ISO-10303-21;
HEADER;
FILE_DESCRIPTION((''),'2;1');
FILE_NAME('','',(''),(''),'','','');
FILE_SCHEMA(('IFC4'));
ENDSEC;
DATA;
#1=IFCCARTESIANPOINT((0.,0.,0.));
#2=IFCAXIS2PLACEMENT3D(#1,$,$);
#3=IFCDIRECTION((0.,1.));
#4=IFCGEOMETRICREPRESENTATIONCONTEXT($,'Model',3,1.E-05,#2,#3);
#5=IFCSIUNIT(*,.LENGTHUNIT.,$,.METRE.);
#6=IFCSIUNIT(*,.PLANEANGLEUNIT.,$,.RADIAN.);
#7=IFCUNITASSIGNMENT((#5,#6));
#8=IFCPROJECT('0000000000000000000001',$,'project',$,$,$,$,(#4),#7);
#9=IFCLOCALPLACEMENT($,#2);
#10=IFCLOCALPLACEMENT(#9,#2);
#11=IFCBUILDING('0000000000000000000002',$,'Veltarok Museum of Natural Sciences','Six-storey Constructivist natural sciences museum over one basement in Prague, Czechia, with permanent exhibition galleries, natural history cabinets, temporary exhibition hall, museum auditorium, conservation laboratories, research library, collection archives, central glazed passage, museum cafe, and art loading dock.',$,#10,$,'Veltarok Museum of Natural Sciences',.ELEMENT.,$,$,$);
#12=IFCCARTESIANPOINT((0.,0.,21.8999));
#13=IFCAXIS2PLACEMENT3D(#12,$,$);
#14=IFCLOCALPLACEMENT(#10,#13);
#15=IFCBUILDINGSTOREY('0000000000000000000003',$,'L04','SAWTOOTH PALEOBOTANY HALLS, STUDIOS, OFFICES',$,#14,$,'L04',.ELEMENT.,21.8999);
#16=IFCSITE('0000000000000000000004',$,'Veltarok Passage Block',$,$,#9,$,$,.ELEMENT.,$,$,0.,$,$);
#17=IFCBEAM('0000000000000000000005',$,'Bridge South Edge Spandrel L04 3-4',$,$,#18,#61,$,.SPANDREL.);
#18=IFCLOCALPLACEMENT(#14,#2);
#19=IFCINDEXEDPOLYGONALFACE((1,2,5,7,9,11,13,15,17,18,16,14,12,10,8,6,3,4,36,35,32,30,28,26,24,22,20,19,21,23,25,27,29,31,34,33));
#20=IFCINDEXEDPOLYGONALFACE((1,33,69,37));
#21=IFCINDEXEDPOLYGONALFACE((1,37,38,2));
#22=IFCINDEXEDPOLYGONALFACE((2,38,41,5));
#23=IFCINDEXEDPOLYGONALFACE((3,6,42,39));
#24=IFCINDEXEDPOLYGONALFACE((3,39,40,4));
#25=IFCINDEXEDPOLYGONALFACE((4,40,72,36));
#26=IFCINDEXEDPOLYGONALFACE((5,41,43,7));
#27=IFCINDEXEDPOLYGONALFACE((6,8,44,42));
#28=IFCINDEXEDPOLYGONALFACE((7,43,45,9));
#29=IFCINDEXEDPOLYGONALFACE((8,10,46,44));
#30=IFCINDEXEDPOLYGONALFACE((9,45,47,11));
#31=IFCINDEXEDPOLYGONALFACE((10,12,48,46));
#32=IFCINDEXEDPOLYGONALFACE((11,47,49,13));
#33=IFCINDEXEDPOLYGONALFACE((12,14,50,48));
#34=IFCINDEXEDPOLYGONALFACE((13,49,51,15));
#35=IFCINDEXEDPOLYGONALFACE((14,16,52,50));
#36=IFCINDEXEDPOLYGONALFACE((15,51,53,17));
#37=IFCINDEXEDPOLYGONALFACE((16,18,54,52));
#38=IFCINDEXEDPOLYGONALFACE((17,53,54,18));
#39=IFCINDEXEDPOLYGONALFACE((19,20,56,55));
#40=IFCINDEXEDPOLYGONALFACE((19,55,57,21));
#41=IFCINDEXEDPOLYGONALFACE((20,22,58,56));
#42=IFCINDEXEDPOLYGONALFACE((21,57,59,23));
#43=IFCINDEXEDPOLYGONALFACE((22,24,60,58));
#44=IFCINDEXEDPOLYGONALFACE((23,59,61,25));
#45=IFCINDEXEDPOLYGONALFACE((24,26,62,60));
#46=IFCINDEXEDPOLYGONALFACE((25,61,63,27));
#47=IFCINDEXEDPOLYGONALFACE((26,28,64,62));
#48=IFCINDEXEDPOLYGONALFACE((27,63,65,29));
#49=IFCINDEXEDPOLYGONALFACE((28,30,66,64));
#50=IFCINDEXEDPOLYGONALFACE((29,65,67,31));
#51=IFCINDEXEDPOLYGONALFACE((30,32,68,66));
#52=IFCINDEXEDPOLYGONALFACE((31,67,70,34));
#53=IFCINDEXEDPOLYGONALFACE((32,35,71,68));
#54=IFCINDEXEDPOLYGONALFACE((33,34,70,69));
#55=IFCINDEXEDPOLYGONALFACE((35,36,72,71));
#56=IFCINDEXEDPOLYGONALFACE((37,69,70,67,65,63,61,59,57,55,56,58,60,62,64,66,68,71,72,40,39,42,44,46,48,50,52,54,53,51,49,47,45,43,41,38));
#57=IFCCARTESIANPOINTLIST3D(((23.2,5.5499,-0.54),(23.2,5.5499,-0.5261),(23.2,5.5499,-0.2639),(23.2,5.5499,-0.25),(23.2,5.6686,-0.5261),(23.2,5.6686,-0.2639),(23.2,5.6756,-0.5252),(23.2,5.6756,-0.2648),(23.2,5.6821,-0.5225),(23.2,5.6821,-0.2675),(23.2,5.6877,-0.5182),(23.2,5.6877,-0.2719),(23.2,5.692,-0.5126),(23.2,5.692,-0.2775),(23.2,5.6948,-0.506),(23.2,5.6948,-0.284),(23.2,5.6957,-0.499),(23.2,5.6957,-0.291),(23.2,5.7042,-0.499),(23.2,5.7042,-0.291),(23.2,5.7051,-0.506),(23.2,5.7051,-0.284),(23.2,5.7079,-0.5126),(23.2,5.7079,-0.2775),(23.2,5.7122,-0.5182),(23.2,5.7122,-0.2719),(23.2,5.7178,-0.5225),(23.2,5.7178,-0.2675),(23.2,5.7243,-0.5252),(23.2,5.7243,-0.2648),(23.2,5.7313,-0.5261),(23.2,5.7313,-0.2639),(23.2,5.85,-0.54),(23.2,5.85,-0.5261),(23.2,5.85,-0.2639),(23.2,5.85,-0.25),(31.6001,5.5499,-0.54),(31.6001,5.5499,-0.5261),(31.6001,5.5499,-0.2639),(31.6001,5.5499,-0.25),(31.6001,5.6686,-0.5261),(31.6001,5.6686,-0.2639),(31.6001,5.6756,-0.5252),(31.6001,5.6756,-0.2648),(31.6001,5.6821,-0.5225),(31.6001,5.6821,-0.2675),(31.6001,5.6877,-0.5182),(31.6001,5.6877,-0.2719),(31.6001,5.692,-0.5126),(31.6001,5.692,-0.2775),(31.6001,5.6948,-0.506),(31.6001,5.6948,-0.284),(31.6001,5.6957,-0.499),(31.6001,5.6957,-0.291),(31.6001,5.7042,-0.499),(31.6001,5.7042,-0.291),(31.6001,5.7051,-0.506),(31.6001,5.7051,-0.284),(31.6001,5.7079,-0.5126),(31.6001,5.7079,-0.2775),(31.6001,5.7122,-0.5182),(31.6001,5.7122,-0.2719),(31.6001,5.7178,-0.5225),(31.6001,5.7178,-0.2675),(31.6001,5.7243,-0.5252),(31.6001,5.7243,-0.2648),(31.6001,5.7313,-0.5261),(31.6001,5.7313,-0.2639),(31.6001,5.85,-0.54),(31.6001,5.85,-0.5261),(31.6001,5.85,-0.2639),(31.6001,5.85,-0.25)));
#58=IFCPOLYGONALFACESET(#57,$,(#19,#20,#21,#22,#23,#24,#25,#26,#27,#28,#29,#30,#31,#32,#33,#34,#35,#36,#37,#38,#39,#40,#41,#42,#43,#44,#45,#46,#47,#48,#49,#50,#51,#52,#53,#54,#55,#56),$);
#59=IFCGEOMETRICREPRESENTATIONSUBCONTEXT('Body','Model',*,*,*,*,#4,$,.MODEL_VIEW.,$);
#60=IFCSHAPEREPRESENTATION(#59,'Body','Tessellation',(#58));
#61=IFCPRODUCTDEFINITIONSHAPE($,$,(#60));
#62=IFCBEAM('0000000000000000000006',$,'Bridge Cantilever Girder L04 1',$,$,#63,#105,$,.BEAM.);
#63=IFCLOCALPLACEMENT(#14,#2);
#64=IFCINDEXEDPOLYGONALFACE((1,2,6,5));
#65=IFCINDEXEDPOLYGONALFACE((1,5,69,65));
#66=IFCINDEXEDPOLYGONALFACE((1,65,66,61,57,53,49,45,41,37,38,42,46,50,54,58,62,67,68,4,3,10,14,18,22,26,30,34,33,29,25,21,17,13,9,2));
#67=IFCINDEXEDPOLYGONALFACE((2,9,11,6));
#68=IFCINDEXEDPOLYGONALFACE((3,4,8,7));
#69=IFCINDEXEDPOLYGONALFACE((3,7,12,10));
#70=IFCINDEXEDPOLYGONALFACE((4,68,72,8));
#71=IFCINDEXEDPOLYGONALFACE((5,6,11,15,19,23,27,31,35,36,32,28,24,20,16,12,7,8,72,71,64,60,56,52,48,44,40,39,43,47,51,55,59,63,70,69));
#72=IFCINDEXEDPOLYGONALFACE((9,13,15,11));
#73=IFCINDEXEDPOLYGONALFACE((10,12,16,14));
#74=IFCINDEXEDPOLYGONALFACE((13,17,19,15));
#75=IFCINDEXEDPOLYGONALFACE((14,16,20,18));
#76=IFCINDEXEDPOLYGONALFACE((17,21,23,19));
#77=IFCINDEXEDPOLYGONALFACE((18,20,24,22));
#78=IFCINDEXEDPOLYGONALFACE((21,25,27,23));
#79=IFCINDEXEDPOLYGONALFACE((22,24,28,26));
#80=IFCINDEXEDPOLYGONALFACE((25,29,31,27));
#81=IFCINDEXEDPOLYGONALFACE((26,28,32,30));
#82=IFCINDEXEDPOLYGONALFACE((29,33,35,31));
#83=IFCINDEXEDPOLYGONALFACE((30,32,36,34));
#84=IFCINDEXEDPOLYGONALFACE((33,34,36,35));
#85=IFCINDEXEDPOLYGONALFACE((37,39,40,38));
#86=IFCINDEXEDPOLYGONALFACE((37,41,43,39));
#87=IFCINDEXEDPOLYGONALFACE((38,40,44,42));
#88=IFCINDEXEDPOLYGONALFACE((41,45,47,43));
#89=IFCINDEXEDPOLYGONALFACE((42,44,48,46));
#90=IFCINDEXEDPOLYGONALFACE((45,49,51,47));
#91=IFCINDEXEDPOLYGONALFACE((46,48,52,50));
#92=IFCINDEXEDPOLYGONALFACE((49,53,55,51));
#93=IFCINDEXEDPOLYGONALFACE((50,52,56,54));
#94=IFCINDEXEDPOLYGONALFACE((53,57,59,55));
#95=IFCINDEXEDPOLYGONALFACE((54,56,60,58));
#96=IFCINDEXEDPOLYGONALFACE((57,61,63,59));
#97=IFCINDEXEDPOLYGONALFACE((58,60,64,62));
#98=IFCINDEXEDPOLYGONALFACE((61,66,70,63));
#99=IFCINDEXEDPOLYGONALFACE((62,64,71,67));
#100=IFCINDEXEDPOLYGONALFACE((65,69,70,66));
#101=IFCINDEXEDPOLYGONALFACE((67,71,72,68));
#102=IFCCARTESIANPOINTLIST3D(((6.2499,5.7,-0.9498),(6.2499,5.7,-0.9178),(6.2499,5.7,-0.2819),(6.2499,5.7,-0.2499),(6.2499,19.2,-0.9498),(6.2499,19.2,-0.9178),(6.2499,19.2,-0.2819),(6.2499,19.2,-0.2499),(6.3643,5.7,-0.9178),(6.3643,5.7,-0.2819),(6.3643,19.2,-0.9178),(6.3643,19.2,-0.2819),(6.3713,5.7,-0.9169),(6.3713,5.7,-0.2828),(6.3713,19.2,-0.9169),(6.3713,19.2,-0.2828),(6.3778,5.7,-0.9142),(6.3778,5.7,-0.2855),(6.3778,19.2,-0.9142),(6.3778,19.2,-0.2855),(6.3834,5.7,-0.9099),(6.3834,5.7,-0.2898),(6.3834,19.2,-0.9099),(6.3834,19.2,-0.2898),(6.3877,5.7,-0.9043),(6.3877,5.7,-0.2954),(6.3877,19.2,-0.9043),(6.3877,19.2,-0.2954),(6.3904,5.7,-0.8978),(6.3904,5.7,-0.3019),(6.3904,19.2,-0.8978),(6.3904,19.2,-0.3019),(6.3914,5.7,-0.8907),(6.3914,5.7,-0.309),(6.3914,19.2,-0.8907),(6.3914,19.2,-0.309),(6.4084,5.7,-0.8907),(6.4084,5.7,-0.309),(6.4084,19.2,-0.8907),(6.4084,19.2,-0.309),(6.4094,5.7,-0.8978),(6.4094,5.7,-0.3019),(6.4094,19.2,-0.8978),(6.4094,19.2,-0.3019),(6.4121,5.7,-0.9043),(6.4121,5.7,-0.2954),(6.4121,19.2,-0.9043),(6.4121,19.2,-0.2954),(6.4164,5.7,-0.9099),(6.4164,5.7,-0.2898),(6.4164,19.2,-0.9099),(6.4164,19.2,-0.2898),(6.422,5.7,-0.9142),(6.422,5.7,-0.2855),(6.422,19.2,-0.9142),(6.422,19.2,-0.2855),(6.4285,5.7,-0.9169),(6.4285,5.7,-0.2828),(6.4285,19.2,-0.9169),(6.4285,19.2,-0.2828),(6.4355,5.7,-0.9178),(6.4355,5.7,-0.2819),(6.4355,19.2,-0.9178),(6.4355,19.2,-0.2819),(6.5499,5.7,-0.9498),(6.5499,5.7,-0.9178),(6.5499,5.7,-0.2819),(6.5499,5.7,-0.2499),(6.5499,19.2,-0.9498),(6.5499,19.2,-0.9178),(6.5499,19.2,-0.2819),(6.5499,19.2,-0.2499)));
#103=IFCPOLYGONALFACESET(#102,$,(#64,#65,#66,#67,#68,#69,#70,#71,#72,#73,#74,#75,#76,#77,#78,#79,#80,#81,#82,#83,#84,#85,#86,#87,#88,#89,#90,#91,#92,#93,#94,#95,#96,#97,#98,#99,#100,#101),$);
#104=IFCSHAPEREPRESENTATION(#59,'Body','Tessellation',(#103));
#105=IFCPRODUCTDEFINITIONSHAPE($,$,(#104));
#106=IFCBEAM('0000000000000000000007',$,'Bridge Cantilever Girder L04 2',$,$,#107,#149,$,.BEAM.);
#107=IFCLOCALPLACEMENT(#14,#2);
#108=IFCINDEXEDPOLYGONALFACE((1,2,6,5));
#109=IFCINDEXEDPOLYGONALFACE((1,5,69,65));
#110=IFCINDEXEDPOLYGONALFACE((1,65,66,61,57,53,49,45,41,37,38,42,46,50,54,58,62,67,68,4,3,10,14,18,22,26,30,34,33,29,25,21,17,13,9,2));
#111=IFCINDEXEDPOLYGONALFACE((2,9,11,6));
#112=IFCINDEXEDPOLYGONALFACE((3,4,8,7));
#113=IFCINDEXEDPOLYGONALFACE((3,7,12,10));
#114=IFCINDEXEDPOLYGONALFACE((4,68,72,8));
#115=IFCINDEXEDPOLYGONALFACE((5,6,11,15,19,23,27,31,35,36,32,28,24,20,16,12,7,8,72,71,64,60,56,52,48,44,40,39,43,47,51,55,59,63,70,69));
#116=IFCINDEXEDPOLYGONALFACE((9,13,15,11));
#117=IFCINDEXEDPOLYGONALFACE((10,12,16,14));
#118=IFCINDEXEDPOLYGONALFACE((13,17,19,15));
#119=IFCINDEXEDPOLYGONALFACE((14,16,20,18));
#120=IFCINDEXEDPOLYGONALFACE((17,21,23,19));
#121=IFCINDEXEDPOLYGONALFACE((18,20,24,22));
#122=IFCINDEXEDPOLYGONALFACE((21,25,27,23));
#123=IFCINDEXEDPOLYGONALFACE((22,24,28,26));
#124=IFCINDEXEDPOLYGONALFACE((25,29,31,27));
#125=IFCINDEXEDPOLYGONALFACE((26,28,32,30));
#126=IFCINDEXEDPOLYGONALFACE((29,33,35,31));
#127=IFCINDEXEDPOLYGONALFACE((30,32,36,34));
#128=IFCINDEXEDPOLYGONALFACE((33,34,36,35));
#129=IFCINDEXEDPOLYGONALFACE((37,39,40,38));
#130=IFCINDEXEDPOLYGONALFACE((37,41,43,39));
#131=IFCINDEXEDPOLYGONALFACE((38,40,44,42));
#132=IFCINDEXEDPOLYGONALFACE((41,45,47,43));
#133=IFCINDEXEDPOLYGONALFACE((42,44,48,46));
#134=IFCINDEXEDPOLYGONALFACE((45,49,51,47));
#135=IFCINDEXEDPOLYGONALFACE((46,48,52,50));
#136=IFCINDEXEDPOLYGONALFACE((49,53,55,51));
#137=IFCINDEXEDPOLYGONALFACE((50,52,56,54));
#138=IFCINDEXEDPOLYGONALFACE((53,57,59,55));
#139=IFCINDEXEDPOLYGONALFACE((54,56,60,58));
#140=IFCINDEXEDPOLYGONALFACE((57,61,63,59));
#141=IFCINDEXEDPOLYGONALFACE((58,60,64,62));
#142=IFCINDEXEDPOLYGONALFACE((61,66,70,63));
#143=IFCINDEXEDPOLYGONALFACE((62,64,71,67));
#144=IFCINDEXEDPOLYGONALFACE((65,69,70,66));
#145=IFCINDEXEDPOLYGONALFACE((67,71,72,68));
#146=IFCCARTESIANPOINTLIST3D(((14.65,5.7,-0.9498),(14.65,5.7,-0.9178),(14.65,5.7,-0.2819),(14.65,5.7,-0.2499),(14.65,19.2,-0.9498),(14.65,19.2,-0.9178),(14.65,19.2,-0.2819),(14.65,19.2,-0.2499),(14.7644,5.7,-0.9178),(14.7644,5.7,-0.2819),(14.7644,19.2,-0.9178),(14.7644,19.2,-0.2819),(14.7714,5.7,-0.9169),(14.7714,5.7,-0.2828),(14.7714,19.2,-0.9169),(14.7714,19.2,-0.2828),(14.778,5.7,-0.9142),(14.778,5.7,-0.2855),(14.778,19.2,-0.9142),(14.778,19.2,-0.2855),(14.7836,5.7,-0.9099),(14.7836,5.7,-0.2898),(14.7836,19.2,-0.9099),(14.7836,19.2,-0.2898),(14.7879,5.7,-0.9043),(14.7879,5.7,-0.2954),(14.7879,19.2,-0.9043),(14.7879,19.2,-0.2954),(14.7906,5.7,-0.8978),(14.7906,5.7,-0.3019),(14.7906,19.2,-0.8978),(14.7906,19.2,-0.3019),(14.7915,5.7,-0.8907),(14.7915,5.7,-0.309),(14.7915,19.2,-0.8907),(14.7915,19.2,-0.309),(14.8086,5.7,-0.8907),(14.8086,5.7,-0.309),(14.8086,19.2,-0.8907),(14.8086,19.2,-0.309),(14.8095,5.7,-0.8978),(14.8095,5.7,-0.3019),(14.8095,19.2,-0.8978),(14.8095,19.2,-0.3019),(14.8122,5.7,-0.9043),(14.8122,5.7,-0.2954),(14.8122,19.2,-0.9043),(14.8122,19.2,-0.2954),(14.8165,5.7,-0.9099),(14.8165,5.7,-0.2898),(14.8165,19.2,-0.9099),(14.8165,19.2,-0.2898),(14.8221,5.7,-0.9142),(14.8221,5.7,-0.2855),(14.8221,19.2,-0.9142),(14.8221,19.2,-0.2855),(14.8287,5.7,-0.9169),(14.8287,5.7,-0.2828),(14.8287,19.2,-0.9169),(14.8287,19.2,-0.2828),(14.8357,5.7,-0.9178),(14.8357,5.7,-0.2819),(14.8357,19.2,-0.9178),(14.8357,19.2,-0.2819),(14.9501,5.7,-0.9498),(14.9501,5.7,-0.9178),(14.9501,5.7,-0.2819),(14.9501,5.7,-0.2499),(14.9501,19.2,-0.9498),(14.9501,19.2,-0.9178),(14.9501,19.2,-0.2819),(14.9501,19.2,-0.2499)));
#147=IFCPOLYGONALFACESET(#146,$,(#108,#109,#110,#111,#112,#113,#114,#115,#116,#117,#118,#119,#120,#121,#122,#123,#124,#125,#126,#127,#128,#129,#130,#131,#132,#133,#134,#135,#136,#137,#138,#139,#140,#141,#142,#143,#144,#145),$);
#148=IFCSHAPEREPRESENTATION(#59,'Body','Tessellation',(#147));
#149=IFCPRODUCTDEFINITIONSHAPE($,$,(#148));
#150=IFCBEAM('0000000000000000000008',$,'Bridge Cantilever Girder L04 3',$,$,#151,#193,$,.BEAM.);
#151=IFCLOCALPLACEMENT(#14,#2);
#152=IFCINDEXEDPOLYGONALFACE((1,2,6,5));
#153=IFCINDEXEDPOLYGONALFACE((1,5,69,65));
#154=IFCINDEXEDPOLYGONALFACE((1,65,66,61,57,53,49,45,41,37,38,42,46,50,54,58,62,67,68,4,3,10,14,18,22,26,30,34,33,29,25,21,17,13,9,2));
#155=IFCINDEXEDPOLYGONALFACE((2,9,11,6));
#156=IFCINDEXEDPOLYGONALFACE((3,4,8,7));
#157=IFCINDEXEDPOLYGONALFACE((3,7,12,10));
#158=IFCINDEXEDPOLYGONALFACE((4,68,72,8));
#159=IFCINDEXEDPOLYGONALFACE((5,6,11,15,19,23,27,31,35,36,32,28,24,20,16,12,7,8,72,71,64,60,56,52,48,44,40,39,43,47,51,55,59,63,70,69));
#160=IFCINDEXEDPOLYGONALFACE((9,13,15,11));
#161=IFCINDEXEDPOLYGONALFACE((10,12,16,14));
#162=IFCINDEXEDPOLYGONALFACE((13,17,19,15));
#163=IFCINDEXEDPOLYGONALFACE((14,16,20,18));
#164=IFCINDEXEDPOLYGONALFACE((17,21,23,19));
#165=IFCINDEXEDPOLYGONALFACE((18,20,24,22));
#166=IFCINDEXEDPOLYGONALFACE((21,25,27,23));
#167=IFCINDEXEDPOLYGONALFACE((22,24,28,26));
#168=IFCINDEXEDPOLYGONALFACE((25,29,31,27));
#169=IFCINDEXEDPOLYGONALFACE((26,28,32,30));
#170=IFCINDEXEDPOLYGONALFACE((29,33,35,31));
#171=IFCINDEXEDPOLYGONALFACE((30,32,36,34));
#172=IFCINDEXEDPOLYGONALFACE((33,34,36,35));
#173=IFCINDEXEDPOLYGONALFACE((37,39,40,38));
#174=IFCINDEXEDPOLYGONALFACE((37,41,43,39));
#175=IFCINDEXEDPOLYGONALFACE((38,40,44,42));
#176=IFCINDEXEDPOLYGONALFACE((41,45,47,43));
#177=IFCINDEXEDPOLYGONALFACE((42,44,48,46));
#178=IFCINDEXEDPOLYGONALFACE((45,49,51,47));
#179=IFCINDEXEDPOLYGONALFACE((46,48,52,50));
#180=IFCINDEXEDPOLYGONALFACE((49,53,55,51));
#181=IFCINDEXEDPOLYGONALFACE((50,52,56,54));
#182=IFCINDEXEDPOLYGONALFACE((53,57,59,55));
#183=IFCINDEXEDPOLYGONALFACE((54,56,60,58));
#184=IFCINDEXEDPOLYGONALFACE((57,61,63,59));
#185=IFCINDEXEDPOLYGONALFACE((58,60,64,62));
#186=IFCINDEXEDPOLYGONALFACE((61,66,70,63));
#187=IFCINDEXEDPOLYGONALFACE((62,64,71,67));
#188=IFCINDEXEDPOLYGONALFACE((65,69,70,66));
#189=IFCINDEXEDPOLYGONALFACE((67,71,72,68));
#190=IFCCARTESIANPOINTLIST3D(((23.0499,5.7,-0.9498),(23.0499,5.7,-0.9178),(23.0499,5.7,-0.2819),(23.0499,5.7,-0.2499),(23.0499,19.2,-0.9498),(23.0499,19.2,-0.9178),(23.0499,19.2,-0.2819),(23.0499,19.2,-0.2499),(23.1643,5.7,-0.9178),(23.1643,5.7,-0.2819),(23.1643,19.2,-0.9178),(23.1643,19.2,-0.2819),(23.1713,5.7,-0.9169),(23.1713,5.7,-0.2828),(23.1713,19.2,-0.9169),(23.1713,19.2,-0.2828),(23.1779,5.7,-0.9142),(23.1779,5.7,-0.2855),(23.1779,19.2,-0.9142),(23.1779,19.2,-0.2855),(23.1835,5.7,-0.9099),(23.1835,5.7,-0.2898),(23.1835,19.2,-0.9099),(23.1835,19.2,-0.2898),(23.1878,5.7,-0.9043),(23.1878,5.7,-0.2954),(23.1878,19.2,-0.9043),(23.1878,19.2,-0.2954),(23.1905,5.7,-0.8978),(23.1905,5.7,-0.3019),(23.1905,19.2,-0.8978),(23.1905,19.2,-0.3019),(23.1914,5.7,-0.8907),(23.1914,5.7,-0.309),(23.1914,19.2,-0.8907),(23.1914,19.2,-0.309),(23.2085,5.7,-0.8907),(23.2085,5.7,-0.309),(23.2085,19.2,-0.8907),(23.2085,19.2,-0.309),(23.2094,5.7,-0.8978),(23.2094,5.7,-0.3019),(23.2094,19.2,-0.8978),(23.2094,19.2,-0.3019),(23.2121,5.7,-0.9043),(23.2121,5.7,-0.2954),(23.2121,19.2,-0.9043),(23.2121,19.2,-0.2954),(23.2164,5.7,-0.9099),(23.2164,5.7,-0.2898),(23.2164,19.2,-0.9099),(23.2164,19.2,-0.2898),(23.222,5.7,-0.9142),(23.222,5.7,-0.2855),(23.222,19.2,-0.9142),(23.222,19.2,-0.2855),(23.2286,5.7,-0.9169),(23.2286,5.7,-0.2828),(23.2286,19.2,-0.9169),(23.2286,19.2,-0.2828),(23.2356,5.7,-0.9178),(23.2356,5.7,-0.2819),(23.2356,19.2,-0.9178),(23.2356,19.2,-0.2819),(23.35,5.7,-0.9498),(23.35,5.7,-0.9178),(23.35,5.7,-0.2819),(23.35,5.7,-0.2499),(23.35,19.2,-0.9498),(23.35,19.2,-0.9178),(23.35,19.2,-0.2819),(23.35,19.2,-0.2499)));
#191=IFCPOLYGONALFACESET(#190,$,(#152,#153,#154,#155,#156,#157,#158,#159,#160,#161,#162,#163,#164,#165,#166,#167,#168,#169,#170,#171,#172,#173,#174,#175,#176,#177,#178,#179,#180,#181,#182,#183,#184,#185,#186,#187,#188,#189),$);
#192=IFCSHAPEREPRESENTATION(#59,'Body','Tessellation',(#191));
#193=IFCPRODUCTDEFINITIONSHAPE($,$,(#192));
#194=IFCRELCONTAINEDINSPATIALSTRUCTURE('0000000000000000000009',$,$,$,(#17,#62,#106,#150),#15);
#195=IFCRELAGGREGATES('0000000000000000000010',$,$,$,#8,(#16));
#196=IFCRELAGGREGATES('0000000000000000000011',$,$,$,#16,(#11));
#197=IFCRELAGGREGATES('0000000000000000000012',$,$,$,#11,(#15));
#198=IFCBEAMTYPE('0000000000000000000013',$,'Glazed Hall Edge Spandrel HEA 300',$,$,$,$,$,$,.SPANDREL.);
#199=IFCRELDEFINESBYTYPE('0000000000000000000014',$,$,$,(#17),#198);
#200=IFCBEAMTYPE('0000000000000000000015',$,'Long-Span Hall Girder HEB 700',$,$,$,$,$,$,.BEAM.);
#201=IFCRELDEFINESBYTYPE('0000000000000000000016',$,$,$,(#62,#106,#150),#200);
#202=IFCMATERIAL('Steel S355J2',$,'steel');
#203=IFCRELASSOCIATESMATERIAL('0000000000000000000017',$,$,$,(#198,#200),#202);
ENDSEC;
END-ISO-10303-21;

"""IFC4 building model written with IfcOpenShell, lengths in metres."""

from ifc_helpers import new_model, si_unit, direction, frame, origin, origin_2d, place, context, subcontext, project, spatial, i_section, extrude, material, material_profile, profile_set, type_object, element, save


model = new_model("IFC4")

# Units and contexts
model_context = context("Model", 3, precision=1e-05, world=origin(), true_north=direction((0.0, 1.0)))
body_context = subcontext(model_context, "Body", "Model", "MODEL_VIEW")
ifc_project = project(units=[si_unit("LENGTHUNIT", "METRE"), si_unit("PLANEANGLEUNIT", "RADIAN")], contexts=[model_context])

# Site, building, storey
site_placement = place(None, origin())
site = spatial("IfcSite", under=ifc_project, at=site_placement, Name="Veltarok Passage Block", CompositionType="ELEMENT", RefElevation=0.0)
building_placement = place(site_placement, origin())
building = spatial("IfcBuilding", under=site, at=building_placement, Name="Veltarok Museum of Natural Sciences", Description="Six-storey Constructivist natural sciences museum over one basement in Prague, Czechia, with permanent exhibition galleries, natural history cabinets, temporary exhibition hall, museum auditorium, conservation laboratories, research library, collection archives, central glazed passage, museum cafe, and art loading dock.", LongName="Veltarok Museum of Natural Sciences", CompositionType="ELEMENT")
storey_placement = place(building_placement, frame((0.0, 0.0, 21.8999)))
storey = spatial("IfcBuildingStorey", under=building, at=storey_placement, Name="L04", Description="SAWTOOTH PALEOBOTANY HALLS, STUDIOS, OFFICES", LongName="L04", CompositionType="ELEMENT", Elevation=21.8999)

# Beams
ifc_material_1 = material(Name="Steel S355J2", Category="steel")
ifc_material_profile_1 = material_profile(ifc_material_1, i_section(OverallWidth=0.3, OverallDepth=0.29, WebThickness=0.0085, FlangeThickness=0.0139, FilletRadius=0.0271, at=origin_2d()), Name="HEA 300")
ifc_profile_set_1 = profile_set([ifc_material_profile_1], Name="Steel S355J2")
beam_type_1 = type_object("IfcBeamType", Name="Glazed Hall Edge Spandrel HEA 300", PredefinedType="SPANDREL", material=ifc_profile_set_1)
beam_1_placement = place(storey_placement, frame((23.2, 5.7, -0.395), z_axis=(1.0, 0.0, 0.0), x_axis=(0.0, 1.0, 0.0)))
element("IfcBeam", 1, at=beam_1_placement, inside=storey, type_object=beam_type_1, Name="Bridge South Edge Spandrel L04 3-4", PredefinedType="SPANDREL", context=body_context, shape_type="SweptSolid", body=[
    extrude(i_section(OverallWidth=0.3, OverallDepth=0.29, WebThickness=0.0085, FlangeThickness=0.0139, FilletRadius=0.0271, at=origin_2d()), origin(), (0.0, 0.0, 1.0), 8.4001),
])
ifc_material_profile_2 = material_profile(ifc_material_1, i_section(OverallWidth=0.3, OverallDepth=0.7, WebThickness=0.0171, FlangeThickness=0.032, FilletRadius=0.0271, at=origin_2d()), Name="HEB 700")
ifc_profile_set_2 = profile_set([ifc_material_profile_2], Name="Steel S355J2")
beam_type_2 = type_object("IfcBeamType", Name="Long-Span Hall Girder HEB 700", PredefinedType="BEAM", material=ifc_profile_set_2)
for number, where, z_axis, x_axis, name in (
    (2, (6.3999, 5.7, -0.5999), (0.0, 1.0, 0.0), (-1.0, 0.0, 0.0), "Bridge Cantilever Girder L04 1"),
    (3, (14.8, 5.7, -0.5999), (0.0, 1.0, 0.0), (-1.0, 0.0, 0.0), "Bridge Cantilever Girder L04 2"),
    (4, (23.2, 5.7, -0.5999), (0.0, 1.0, 0.0), (-1.0, 0.0, 0.0), "Bridge Cantilever Girder L04 3"),
):
    element("IfcBeam", number, at=place(storey_placement, frame(where, z_axis=z_axis, x_axis=x_axis)), inside=storey, type_object=beam_type_2, Name=name, PredefinedType="BEAM", context=body_context, shape_type="SweptSolid", body=[
        extrude(i_section(OverallWidth=0.3, OverallDepth=0.7, WebThickness=0.0171, FlangeThickness=0.032, FilletRadius=0.0271, at=origin_2d()), origin(), (0.0, 0.0, 1.0), 13.5),
    ])

save(model, "model.ifc")
